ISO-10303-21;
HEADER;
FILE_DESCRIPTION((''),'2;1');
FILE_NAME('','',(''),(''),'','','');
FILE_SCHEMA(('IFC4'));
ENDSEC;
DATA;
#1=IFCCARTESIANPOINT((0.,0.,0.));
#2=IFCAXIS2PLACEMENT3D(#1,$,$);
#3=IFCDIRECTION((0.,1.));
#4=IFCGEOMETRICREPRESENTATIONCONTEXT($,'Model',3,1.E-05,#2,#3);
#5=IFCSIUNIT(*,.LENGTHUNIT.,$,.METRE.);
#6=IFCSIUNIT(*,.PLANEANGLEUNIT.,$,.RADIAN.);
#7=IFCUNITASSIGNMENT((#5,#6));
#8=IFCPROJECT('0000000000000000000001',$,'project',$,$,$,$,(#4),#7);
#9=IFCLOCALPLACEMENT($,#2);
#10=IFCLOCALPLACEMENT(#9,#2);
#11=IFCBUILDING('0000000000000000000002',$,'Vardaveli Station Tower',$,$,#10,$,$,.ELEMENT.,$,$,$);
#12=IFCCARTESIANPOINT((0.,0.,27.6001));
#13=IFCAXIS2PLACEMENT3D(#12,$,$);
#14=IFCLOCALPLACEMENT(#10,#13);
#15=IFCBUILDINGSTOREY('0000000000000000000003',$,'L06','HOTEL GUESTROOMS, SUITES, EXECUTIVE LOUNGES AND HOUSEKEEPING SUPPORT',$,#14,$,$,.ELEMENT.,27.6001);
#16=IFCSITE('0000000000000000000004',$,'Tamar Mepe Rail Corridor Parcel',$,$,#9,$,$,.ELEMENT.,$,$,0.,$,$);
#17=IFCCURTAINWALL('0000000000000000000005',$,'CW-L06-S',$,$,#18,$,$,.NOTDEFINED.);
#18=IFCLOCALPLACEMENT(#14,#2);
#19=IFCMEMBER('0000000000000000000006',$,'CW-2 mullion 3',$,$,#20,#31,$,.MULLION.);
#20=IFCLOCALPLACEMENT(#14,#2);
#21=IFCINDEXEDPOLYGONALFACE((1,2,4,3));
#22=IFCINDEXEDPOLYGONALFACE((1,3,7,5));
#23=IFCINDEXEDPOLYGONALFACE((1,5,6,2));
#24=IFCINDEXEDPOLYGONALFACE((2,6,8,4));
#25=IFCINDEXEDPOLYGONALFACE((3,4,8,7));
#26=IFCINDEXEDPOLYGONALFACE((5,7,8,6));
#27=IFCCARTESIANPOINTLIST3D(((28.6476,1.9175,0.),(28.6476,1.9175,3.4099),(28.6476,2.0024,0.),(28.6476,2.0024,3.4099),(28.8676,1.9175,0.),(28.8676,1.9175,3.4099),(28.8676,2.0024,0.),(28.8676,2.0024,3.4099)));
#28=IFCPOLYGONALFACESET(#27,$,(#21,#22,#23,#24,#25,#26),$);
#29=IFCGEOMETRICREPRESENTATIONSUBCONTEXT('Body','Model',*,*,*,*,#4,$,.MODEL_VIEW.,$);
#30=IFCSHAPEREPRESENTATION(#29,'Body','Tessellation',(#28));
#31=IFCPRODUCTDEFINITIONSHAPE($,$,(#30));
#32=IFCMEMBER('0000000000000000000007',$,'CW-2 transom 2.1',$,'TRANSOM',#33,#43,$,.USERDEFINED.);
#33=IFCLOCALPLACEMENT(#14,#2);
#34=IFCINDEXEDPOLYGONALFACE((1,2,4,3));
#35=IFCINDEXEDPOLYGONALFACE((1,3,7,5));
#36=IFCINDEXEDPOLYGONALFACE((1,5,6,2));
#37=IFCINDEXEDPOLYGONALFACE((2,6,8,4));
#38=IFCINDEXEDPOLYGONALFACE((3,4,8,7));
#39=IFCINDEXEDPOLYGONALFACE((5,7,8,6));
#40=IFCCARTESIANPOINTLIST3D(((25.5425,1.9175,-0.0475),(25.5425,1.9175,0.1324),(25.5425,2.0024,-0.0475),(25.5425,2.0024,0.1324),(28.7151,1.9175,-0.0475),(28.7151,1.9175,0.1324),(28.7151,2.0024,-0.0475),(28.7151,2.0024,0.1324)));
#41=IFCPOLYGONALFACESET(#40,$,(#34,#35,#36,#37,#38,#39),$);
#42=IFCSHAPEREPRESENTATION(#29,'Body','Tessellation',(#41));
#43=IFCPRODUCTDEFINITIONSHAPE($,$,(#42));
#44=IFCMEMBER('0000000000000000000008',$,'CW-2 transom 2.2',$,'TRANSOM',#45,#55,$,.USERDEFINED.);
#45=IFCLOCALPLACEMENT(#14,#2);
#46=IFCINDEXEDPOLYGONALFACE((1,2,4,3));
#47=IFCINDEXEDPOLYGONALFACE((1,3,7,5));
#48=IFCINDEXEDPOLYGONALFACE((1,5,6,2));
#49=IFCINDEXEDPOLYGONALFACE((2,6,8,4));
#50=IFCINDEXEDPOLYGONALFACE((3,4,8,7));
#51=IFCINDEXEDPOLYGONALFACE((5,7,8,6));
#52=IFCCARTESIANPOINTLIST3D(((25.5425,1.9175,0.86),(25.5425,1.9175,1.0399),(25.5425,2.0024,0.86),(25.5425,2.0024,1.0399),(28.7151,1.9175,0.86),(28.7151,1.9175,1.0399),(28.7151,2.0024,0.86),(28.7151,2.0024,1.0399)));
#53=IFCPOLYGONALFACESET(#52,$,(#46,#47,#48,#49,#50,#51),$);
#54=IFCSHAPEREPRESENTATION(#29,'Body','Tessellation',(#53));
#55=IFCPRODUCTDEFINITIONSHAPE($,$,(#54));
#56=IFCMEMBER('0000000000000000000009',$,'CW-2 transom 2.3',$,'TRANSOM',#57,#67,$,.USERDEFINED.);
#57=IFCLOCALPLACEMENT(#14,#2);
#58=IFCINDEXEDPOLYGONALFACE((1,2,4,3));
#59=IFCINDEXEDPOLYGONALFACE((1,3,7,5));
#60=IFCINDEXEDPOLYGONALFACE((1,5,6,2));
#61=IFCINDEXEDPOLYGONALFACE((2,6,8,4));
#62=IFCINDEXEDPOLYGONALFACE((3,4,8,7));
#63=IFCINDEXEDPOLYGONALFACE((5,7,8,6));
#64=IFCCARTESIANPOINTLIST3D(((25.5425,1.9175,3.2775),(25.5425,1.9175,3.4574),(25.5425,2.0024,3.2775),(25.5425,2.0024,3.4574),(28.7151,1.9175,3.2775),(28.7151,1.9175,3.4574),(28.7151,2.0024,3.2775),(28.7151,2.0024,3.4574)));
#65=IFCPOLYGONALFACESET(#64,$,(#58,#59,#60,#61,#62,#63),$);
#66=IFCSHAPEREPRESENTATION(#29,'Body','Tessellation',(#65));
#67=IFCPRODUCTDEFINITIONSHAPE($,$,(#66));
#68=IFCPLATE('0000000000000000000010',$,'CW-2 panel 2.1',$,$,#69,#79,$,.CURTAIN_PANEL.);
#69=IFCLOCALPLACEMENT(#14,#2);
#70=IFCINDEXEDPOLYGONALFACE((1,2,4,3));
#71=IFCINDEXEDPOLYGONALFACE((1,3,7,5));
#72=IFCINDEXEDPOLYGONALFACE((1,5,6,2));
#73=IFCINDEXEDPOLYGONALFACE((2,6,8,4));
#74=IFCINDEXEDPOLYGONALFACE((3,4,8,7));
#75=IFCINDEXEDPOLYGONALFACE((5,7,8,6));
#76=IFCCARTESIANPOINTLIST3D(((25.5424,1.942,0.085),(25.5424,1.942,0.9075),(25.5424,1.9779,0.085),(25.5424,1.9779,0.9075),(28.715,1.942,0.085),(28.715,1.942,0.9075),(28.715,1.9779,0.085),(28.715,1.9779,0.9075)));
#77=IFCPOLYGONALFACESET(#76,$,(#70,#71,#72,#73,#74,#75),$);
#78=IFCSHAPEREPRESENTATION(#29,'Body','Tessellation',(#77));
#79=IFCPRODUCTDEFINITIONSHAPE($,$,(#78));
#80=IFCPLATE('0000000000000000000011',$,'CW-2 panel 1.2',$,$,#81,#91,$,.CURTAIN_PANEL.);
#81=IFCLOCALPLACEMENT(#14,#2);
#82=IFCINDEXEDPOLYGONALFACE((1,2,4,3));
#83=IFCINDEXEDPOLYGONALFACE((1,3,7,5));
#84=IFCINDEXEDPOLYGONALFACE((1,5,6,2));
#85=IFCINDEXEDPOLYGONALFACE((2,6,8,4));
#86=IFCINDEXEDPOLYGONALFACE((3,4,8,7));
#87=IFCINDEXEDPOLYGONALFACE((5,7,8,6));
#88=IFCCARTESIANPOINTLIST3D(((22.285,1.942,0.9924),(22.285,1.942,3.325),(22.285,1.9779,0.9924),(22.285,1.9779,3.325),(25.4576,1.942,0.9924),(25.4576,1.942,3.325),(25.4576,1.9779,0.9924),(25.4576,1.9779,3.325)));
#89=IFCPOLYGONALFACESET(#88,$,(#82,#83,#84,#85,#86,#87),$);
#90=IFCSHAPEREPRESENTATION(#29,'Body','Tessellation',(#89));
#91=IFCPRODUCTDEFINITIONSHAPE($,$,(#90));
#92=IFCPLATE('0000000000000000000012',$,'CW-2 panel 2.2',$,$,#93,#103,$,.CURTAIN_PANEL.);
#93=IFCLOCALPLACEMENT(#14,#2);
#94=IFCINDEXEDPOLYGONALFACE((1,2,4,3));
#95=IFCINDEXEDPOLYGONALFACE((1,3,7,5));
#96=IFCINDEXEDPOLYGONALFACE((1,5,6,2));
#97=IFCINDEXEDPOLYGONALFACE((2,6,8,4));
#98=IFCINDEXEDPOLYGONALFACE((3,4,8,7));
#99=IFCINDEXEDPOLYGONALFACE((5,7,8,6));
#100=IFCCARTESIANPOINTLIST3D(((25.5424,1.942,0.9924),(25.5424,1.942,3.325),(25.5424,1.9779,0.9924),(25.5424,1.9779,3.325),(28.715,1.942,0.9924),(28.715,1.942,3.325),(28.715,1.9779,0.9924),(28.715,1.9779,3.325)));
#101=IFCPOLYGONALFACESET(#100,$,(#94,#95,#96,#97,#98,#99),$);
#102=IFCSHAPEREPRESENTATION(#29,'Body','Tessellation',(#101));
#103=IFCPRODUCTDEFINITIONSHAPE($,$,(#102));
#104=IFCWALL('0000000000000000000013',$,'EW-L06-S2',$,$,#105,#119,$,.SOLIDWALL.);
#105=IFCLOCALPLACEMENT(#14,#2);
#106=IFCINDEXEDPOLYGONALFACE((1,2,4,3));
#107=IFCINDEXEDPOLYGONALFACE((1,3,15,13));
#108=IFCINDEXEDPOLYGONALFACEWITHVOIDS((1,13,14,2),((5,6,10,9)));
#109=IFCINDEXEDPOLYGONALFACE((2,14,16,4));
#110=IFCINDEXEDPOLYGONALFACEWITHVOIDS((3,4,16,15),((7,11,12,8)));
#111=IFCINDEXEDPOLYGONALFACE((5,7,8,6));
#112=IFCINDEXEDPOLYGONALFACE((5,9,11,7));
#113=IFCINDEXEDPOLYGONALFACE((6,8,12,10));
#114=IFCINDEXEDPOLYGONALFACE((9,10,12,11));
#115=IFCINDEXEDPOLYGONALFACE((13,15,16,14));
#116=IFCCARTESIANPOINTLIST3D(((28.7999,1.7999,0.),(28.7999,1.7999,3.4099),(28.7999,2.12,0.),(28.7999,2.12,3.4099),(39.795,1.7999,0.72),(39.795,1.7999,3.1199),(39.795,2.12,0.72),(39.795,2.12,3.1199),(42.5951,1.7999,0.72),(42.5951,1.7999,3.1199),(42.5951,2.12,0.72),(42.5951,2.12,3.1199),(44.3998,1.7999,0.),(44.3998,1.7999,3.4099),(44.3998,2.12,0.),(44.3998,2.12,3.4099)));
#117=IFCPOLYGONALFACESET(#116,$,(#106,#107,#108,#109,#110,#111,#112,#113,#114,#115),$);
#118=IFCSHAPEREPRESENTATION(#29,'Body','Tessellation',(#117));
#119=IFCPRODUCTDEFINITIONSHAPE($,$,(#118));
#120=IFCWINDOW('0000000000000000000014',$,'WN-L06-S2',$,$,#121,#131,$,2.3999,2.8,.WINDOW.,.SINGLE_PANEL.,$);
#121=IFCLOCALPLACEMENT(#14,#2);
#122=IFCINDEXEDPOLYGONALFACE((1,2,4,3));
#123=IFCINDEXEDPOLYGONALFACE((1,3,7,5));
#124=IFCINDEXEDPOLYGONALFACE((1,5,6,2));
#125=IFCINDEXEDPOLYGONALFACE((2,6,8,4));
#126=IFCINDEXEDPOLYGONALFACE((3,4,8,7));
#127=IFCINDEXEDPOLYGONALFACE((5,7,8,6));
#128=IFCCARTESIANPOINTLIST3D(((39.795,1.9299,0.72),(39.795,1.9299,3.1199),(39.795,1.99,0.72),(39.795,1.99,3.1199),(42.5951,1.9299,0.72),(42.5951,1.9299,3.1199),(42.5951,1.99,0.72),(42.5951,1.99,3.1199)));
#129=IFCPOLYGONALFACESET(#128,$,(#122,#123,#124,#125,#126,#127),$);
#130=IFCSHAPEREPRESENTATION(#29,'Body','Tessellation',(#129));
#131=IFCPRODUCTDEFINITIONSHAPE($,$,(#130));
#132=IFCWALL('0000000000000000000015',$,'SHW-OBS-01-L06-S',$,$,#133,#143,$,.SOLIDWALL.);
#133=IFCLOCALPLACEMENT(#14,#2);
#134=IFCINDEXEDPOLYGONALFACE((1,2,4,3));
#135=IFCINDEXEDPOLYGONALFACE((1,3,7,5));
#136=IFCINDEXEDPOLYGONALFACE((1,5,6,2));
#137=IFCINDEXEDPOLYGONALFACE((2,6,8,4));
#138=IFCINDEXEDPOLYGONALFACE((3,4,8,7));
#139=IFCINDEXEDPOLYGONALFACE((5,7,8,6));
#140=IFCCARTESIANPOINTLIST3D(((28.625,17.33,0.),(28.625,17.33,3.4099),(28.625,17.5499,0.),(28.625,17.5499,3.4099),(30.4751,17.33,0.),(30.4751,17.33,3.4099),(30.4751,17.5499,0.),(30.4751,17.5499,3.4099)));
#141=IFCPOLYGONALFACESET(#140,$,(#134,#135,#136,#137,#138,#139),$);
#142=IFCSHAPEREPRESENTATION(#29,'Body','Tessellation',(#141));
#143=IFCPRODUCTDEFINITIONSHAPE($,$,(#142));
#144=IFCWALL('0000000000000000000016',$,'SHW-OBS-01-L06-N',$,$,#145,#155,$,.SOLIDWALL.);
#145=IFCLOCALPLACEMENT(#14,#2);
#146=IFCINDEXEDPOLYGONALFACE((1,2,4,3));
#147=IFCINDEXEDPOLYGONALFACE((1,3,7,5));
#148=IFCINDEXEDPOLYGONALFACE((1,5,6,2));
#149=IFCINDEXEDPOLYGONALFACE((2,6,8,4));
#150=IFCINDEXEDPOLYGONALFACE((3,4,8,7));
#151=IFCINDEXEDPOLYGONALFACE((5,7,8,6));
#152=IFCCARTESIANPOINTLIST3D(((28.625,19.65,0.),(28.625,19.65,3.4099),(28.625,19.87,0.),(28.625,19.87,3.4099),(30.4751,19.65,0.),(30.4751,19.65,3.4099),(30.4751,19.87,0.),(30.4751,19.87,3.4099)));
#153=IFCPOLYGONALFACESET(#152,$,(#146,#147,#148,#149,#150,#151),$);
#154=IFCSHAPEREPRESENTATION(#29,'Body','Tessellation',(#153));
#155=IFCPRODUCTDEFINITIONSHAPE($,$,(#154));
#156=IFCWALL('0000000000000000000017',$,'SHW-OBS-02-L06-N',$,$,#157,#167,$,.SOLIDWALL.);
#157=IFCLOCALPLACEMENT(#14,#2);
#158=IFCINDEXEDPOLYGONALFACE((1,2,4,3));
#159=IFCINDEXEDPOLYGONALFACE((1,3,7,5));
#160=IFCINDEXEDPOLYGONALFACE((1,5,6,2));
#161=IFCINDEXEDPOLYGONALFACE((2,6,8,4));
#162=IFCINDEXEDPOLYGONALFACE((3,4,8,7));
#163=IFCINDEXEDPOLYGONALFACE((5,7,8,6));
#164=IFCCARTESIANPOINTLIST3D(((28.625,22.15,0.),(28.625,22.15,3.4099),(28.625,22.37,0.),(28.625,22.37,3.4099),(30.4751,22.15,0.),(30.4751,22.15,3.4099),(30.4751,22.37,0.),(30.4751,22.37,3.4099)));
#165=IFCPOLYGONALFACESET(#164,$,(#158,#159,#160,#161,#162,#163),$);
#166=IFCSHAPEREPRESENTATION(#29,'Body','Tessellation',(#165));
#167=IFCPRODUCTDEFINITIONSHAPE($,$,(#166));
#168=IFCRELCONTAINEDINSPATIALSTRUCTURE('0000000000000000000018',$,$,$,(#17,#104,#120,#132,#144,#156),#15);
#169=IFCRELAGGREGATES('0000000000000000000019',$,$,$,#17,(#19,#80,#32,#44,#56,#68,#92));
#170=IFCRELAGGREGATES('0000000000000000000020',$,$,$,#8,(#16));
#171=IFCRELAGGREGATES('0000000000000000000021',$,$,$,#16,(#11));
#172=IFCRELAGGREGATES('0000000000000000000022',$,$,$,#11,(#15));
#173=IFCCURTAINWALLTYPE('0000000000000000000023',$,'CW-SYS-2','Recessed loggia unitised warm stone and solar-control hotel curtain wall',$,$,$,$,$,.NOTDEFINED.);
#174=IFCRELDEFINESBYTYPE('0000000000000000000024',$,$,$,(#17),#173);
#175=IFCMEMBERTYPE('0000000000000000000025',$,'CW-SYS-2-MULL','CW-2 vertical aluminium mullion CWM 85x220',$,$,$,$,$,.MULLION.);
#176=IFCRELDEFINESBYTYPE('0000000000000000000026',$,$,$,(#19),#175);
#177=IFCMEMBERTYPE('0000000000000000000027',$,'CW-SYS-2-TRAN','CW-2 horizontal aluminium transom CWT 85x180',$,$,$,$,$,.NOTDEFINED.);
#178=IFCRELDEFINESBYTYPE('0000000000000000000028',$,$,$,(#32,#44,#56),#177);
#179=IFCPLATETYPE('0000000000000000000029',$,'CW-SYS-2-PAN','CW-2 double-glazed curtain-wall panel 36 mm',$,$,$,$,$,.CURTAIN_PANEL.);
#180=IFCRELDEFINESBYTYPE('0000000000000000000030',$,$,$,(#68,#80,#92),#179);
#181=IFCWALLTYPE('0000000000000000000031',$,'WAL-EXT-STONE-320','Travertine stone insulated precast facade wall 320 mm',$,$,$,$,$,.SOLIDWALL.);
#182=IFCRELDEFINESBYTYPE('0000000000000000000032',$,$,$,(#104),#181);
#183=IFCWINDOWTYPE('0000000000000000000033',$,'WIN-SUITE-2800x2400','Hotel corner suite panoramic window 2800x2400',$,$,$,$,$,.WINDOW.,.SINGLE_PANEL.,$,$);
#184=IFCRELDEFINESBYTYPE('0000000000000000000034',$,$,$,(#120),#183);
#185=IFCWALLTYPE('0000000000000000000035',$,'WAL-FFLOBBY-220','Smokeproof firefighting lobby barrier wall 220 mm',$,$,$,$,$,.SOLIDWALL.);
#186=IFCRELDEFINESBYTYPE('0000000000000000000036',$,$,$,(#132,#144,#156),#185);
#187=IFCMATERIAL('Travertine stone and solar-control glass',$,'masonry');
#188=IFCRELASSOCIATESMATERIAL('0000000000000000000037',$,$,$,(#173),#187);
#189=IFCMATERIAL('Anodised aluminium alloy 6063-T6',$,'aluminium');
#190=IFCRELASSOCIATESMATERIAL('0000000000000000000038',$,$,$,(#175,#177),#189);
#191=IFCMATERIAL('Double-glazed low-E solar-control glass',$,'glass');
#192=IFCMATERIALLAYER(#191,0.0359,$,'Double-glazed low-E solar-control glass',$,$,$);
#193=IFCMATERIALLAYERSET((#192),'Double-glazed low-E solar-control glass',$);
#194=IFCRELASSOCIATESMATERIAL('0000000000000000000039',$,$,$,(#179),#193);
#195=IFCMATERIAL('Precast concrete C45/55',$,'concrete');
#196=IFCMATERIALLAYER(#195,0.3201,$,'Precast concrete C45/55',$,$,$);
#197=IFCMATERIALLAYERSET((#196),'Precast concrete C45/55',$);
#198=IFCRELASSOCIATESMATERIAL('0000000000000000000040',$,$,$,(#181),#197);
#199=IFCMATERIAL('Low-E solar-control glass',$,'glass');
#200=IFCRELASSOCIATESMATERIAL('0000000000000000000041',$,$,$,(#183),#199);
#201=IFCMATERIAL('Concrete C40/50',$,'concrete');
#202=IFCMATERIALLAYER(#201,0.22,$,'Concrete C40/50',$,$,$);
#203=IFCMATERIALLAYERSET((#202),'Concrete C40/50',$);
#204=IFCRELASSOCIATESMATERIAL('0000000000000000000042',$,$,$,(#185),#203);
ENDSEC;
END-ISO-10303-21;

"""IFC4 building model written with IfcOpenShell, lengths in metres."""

from ifc_helpers import new_model, si_unit, direction, frame, frame_2d, origin, origin_2d, place, context, subcontext, project, spatial, rectangle, extrude, source, transform, mapped, material, layer, layer_set, material_profile, profile_set, type_object, element, fill, aggregate, save


model = new_model("IFC4")

# Units and contexts
model_context = context("Model", 3, precision=1e-05, world=origin(), true_north=direction((0.0, 1.0)))
body_context = subcontext(model_context, "Body", "Model", "MODEL_VIEW")
ifc_project = project(units=[si_unit("LENGTHUNIT", "METRE"), si_unit("PLANEANGLEUNIT", "RADIAN")], contexts=[model_context])

# Site, building, storey
site_placement = place(None, origin())
site = spatial("IfcSite", under=ifc_project, at=site_placement, Name="Tamar Mepe Rail Corridor Parcel", CompositionType="ELEMENT", RefElevation=0.0)
building_placement = place(site_placement, origin())
building = spatial("IfcBuilding", under=site, at=building_placement, Name="Vardaveli Station Tower", CompositionType="ELEMENT")
storey_placement = place(building_placement, frame((0.0, 0.0, 27.6001)))
storey = spatial("IfcBuildingStorey", under=building, at=storey_placement, Name="L06", Description="HOTEL GUESTROOMS, SUITES, EXECUTIVE LOUNGES AND HOUSEKEEPING SUPPORT", CompositionType="ELEMENT", Elevation=27.6001)

# Shared definitions
ifc_material_1 = material(Name="Precast concrete C45/55", Category="concrete")

# Curtain wall, members, plates
ifc_material_2 = material(Name="Travertine stone and solar-control glass", Category="masonry")
curtain_wall_type = type_object("IfcCurtainWallType", Name="CW-SYS-2", Description="Recessed loggia unitised warm stone and solar-control hotel curtain wall", PredefinedType="NOTDEFINED", material=ifc_material_2)
curtain_wall_placement = place(storey_placement, origin())
curtain_wall = element("IfcCurtainWall", 1, at=curtain_wall_placement, inside=storey, type_object=curtain_wall_type, Name="CW-L06-S", PredefinedType="NOTDEFINED")
ifc_material_3 = material(Name="Anodised aluminium alloy 6063-T6", Category="aluminium")
ifc_material_profile_1 = material_profile(ifc_material_3, rectangle(XDim=0.085, YDim=0.22, at=origin_2d()), Name="CWM 85x220")
ifc_profile_set_1 = profile_set([ifc_material_profile_1], Name="Anodised aluminium alloy 6063-T6")
member_type_1 = type_object("IfcMemberType", Name="CW-SYS-2-MULL", Description="CW-2 vertical aluminium mullion CWM 85x220", PredefinedType="MULLION", material=ifc_profile_set_1)
shared_shape_1 = source(origin(), body_context, "Body", "SweptSolid", [
    extrude(rectangle(XDim=0.085, YDim=0.22, at=origin_2d()), origin(), (0.0, 0.0, 1.0), 3.4099),
])
member_1_placement = place(storey_placement, frame((28.7576, 1.96, 0.0), z_axis=(0.0, 0.0, 1.0), x_axis=(0.0, 1.0, 0.0)))
member_1 = element("IfcMember", 2, at=member_1_placement, type_object=member_type_1, Name="CW-2 mullion 3", PredefinedType="MULLION", context=body_context, shape_type="MappedRepresentation", body=[
    mapped(shared_shape_1, transform((0.0, 0.0, 0.0), scale=1.0)),
])
ifc_material_profile_2 = material_profile(ifc_material_3, rectangle(XDim=0.085, YDim=0.1799, at=origin_2d()), Name="CWT 85x180")
ifc_profile_set_2 = profile_set([ifc_material_profile_2], Name="Anodised aluminium alloy 6063-T6")
member_type_2 = type_object("IfcMemberType", Name="CW-SYS-2-TRAN", Description="CW-2 horizontal aluminium transom CWT 85x180", PredefinedType="NOTDEFINED", material=ifc_profile_set_2)
shared_shape_2 = source(origin(), body_context, "Body", "SweptSolid", [
    extrude(rectangle(XDim=0.085, YDim=0.1799, at=origin_2d()), origin(), (0.0, 0.0, 1.0), 3.1726),
])
member_2_placement = place(storey_placement, frame((25.5425, 1.96, 0.0425), z_axis=(1.0, 0.0, 0.0), x_axis=(0.0, 1.0, 0.0)))
member_2 = element("IfcMember", 3, at=member_2_placement, type_object=member_type_2, Name="CW-2 transom 2.1", ObjectType="TRANSOM", PredefinedType="USERDEFINED", context=body_context, shape_type="MappedRepresentation", body=[
    mapped(shared_shape_2, transform((0.0, 0.0, 0.0), scale=1.0)),
])
member_3_placement = place(storey_placement, frame((25.5425, 1.96, 0.95), z_axis=(1.0, 0.0, 0.0), x_axis=(0.0, 1.0, 0.0)))
member_3 = element("IfcMember", 4, at=member_3_placement, type_object=member_type_2, Name="CW-2 transom 2.2", ObjectType="TRANSOM", PredefinedType="USERDEFINED", context=body_context, shape_type="MappedRepresentation", body=[
    mapped(shared_shape_2, transform((0.0, 0.0, 0.0), scale=1.0)),
])
member_4_placement = place(storey_placement, frame((25.5425, 1.96, 3.3674), z_axis=(1.0, 0.0, 0.0), x_axis=(0.0, 1.0, 0.0)))
member_4 = element("IfcMember", 5, at=member_4_placement, type_object=member_type_2, Name="CW-2 transom 2.3", ObjectType="TRANSOM", PredefinedType="USERDEFINED", context=body_context, shape_type="MappedRepresentation", body=[
    mapped(shared_shape_2, transform((0.0, 0.0, 0.0), scale=1.0)),
])
ifc_material_4 = material(Name="Double-glazed low-E solar-control glass", Category="glass")
ifc_layer_1 = layer(ifc_material_4, 0.0359, Name="Double-glazed low-E solar-control glass")
ifc_layer_set_1 = layer_set([ifc_layer_1], Name="Double-glazed low-E solar-control glass")
plate_type = type_object("IfcPlateType", Name="CW-SYS-2-PAN", Description="CW-2 double-glazed curtain-wall panel 36 mm", PredefinedType="CURTAIN_PANEL", material=ifc_layer_set_1)
shared_shape_3 = source(origin(), body_context, "Body", "SweptSolid", [
    extrude(rectangle(XDim=3.1726, YDim=0.0359, at=origin_2d()), origin(), (0.0, 0.0, 1.0), 0.8225),
])
plate_1_placement = place(storey_placement, frame((27.1287, 1.96, 0.085), z_axis=(0.0, 0.0, 1.0), x_axis=(1.0, 0.0, 0.0)))
plate_1 = element("IfcPlate", 6, at=plate_1_placement, type_object=plate_type, Name="CW-2 panel 2.1", PredefinedType="CURTAIN_PANEL", context=body_context, shape_type="MappedRepresentation", body=[
    mapped(shared_shape_3, transform((0.0, 0.0, 0.0), scale=1.0)),
])
shared_shape_4 = source(origin(), body_context, "Body", "SweptSolid", [
    extrude(rectangle(XDim=3.1726, YDim=0.0359, at=origin_2d()), origin(), (0.0, 0.0, 1.0), 2.3325),
])
plate_2_placement = place(storey_placement, frame((23.8713, 1.96, 0.9924), z_axis=(0.0, 0.0, 1.0), x_axis=(1.0, 0.0, 0.0)))
plate_2 = element("IfcPlate", 7, at=plate_2_placement, type_object=plate_type, Name="CW-2 panel 1.2", PredefinedType="CURTAIN_PANEL", context=body_context, shape_type="MappedRepresentation", body=[
    mapped(shared_shape_4, transform((0.0, 0.0, 0.0), scale=1.0)),
])
plate_3_placement = place(storey_placement, frame((27.1287, 1.96, 0.9924), z_axis=(0.0, 0.0, 1.0), x_axis=(1.0, 0.0, 0.0)))
plate_3 = element("IfcPlate", 8, at=plate_3_placement, type_object=plate_type, Name="CW-2 panel 2.2", PredefinedType="CURTAIN_PANEL", context=body_context, shape_type="MappedRepresentation", body=[
    mapped(shared_shape_4, transform((0.0, 0.0, 0.0), scale=1.0)),
])
aggregate(curtain_wall, [member_1, plate_2, member_2, member_3, member_4, plate_1, plate_3])

# Wall, opening, window
ifc_layer_2 = layer(ifc_material_1, 0.3201, Name="Precast concrete C45/55")
ifc_layer_set_2 = layer_set([ifc_layer_2], Name="Precast concrete C45/55")
wall_type_1 = type_object("IfcWallType", Name="WAL-EXT-STONE-320", Description="Travertine stone insulated precast facade wall 320 mm", PredefinedType="SOLIDWALL", material=ifc_layer_set_2)
shared_shape_5 = source(origin(), body_context, "Body", "SweptSolid", [
    extrude(rectangle(XDim=15.5999, YDim=0.3201, at=frame_2d((7.7998, 0.0))), origin(), (0.0, 0.0, 1.0), 3.4099),
])
wall_1_placement = place(storey_placement, frame((28.8, 1.96, 0.0), z_axis=(0.0, 0.0, 1.0), x_axis=(1.0, 0.0, 0.0)))
wall_1 = element("IfcWall", 9, at=wall_1_placement, inside=storey, type_object=wall_type_1, Name="EW-L06-S2", PredefinedType="SOLIDWALL", context=body_context, shape_type="MappedRepresentation", body=[
    mapped(shared_shape_5, transform((0.0, 0.0, 0.0), scale=1.0)),
])
shared_shape_6 = source(origin(), body_context, "Body", "SweptSolid", [
    extrude(rectangle(XDim=2.8, YDim=2.3999, at=frame_2d((1.3999, 1.2))), frame((0.0, 0.1699, 0.0), z_axis=(0.0, -1.0, 0.0), x_axis=(1.0, 0.0, 0.0)), (0.0, 0.0, 1.0), 0.3401),
])
opening_1_placement = place(wall_1_placement, frame((10.9951, 0.0, 0.72)))
opening_1 = element("IfcOpeningElement", 10, at=opening_1_placement, cuts=wall_1, PredefinedType="OPENING", context=body_context, shape_type="MappedRepresentation", body=[
    mapped(shared_shape_6, transform((0.0, 0.0, 0.0), scale=1.0)),
])
ifc_material_5 = material(Name="Low-E solar-control glass", Category="glass")
window_type = type_object("IfcWindowType", Name="WIN-SUITE-2800x2400", Description="Hotel corner suite panoramic window 2800x2400", PartitioningType="SINGLE_PANEL", PredefinedType="WINDOW", material=ifc_material_5)
shared_shape_7 = source(origin(), body_context, "Body", "SweptSolid", [
    extrude(rectangle(XDim=2.8, YDim=2.3999, at=frame_2d((1.3999, 1.2))), frame((0.0, 0.03, 0.0), z_axis=(0.0, -1.0, 0.0), x_axis=(1.0, 0.0, 0.0)), (0.0, 0.0, 1.0), 0.0601),
])
window_placement = place(opening_1_placement, origin())
window = element("IfcWindow", 11, at=window_placement, inside=storey, type_object=window_type, Name="WN-L06-S2", OverallHeight=2.3999, OverallWidth=2.8, PartitioningType="SINGLE_PANEL", PredefinedType="WINDOW", context=body_context, shape_type="MappedRepresentation", body=[
    mapped(shared_shape_7, transform((0.0, 0.0, 0.0), scale=1.0)),
])
fill(opening_1, window)

# Walls
ifc_material_6 = material(Name="Concrete C40/50", Category="concrete")
ifc_layer_3 = layer(ifc_material_6, 0.22, Name="Concrete C40/50")
ifc_layer_set_3 = layer_set([ifc_layer_3], Name="Concrete C40/50")
wall_type_2 = type_object("IfcWallType", Name="WAL-FFLOBBY-220", Description="Smokeproof firefighting lobby barrier wall 220 mm", PredefinedType="SOLIDWALL", material=ifc_layer_set_3)
shared_shape_8 = source(origin(), body_context, "Body", "SweptSolid", [
    extrude(rectangle(XDim=1.8501, YDim=0.22, at=frame_2d((0.925, 0.0))), origin(), (0.0, 0.0, 1.0), 3.4099),
])
for number, where, z_axis, x_axis, name in (
    (12, (28.625, 17.4399, 0.0), (0.0, 0.0, 1.0), (1.0, 0.0, 0.0), "SHW-OBS-01-L06-S"),
    (13, (28.625, 19.76, 0.0), (0.0, 0.0, 1.0), (1.0, 0.0, 0.0), "SHW-OBS-01-L06-N"),
    (14, (28.625, 22.26, 0.0), (0.0, 0.0, 1.0), (1.0, 0.0, 0.0), "SHW-OBS-02-L06-N"),
):
    element("IfcWall", number, at=place(storey_placement, frame(where, z_axis=z_axis, x_axis=x_axis)), inside=storey, type_object=wall_type_2, Name=name, PredefinedType="SOLIDWALL", context=body_context, shape_type="MappedRepresentation", body=[
        mapped(shared_shape_8, transform((0.0, 0.0, 0.0), scale=1.0)),
    ])

save(model, "model.ifc")
